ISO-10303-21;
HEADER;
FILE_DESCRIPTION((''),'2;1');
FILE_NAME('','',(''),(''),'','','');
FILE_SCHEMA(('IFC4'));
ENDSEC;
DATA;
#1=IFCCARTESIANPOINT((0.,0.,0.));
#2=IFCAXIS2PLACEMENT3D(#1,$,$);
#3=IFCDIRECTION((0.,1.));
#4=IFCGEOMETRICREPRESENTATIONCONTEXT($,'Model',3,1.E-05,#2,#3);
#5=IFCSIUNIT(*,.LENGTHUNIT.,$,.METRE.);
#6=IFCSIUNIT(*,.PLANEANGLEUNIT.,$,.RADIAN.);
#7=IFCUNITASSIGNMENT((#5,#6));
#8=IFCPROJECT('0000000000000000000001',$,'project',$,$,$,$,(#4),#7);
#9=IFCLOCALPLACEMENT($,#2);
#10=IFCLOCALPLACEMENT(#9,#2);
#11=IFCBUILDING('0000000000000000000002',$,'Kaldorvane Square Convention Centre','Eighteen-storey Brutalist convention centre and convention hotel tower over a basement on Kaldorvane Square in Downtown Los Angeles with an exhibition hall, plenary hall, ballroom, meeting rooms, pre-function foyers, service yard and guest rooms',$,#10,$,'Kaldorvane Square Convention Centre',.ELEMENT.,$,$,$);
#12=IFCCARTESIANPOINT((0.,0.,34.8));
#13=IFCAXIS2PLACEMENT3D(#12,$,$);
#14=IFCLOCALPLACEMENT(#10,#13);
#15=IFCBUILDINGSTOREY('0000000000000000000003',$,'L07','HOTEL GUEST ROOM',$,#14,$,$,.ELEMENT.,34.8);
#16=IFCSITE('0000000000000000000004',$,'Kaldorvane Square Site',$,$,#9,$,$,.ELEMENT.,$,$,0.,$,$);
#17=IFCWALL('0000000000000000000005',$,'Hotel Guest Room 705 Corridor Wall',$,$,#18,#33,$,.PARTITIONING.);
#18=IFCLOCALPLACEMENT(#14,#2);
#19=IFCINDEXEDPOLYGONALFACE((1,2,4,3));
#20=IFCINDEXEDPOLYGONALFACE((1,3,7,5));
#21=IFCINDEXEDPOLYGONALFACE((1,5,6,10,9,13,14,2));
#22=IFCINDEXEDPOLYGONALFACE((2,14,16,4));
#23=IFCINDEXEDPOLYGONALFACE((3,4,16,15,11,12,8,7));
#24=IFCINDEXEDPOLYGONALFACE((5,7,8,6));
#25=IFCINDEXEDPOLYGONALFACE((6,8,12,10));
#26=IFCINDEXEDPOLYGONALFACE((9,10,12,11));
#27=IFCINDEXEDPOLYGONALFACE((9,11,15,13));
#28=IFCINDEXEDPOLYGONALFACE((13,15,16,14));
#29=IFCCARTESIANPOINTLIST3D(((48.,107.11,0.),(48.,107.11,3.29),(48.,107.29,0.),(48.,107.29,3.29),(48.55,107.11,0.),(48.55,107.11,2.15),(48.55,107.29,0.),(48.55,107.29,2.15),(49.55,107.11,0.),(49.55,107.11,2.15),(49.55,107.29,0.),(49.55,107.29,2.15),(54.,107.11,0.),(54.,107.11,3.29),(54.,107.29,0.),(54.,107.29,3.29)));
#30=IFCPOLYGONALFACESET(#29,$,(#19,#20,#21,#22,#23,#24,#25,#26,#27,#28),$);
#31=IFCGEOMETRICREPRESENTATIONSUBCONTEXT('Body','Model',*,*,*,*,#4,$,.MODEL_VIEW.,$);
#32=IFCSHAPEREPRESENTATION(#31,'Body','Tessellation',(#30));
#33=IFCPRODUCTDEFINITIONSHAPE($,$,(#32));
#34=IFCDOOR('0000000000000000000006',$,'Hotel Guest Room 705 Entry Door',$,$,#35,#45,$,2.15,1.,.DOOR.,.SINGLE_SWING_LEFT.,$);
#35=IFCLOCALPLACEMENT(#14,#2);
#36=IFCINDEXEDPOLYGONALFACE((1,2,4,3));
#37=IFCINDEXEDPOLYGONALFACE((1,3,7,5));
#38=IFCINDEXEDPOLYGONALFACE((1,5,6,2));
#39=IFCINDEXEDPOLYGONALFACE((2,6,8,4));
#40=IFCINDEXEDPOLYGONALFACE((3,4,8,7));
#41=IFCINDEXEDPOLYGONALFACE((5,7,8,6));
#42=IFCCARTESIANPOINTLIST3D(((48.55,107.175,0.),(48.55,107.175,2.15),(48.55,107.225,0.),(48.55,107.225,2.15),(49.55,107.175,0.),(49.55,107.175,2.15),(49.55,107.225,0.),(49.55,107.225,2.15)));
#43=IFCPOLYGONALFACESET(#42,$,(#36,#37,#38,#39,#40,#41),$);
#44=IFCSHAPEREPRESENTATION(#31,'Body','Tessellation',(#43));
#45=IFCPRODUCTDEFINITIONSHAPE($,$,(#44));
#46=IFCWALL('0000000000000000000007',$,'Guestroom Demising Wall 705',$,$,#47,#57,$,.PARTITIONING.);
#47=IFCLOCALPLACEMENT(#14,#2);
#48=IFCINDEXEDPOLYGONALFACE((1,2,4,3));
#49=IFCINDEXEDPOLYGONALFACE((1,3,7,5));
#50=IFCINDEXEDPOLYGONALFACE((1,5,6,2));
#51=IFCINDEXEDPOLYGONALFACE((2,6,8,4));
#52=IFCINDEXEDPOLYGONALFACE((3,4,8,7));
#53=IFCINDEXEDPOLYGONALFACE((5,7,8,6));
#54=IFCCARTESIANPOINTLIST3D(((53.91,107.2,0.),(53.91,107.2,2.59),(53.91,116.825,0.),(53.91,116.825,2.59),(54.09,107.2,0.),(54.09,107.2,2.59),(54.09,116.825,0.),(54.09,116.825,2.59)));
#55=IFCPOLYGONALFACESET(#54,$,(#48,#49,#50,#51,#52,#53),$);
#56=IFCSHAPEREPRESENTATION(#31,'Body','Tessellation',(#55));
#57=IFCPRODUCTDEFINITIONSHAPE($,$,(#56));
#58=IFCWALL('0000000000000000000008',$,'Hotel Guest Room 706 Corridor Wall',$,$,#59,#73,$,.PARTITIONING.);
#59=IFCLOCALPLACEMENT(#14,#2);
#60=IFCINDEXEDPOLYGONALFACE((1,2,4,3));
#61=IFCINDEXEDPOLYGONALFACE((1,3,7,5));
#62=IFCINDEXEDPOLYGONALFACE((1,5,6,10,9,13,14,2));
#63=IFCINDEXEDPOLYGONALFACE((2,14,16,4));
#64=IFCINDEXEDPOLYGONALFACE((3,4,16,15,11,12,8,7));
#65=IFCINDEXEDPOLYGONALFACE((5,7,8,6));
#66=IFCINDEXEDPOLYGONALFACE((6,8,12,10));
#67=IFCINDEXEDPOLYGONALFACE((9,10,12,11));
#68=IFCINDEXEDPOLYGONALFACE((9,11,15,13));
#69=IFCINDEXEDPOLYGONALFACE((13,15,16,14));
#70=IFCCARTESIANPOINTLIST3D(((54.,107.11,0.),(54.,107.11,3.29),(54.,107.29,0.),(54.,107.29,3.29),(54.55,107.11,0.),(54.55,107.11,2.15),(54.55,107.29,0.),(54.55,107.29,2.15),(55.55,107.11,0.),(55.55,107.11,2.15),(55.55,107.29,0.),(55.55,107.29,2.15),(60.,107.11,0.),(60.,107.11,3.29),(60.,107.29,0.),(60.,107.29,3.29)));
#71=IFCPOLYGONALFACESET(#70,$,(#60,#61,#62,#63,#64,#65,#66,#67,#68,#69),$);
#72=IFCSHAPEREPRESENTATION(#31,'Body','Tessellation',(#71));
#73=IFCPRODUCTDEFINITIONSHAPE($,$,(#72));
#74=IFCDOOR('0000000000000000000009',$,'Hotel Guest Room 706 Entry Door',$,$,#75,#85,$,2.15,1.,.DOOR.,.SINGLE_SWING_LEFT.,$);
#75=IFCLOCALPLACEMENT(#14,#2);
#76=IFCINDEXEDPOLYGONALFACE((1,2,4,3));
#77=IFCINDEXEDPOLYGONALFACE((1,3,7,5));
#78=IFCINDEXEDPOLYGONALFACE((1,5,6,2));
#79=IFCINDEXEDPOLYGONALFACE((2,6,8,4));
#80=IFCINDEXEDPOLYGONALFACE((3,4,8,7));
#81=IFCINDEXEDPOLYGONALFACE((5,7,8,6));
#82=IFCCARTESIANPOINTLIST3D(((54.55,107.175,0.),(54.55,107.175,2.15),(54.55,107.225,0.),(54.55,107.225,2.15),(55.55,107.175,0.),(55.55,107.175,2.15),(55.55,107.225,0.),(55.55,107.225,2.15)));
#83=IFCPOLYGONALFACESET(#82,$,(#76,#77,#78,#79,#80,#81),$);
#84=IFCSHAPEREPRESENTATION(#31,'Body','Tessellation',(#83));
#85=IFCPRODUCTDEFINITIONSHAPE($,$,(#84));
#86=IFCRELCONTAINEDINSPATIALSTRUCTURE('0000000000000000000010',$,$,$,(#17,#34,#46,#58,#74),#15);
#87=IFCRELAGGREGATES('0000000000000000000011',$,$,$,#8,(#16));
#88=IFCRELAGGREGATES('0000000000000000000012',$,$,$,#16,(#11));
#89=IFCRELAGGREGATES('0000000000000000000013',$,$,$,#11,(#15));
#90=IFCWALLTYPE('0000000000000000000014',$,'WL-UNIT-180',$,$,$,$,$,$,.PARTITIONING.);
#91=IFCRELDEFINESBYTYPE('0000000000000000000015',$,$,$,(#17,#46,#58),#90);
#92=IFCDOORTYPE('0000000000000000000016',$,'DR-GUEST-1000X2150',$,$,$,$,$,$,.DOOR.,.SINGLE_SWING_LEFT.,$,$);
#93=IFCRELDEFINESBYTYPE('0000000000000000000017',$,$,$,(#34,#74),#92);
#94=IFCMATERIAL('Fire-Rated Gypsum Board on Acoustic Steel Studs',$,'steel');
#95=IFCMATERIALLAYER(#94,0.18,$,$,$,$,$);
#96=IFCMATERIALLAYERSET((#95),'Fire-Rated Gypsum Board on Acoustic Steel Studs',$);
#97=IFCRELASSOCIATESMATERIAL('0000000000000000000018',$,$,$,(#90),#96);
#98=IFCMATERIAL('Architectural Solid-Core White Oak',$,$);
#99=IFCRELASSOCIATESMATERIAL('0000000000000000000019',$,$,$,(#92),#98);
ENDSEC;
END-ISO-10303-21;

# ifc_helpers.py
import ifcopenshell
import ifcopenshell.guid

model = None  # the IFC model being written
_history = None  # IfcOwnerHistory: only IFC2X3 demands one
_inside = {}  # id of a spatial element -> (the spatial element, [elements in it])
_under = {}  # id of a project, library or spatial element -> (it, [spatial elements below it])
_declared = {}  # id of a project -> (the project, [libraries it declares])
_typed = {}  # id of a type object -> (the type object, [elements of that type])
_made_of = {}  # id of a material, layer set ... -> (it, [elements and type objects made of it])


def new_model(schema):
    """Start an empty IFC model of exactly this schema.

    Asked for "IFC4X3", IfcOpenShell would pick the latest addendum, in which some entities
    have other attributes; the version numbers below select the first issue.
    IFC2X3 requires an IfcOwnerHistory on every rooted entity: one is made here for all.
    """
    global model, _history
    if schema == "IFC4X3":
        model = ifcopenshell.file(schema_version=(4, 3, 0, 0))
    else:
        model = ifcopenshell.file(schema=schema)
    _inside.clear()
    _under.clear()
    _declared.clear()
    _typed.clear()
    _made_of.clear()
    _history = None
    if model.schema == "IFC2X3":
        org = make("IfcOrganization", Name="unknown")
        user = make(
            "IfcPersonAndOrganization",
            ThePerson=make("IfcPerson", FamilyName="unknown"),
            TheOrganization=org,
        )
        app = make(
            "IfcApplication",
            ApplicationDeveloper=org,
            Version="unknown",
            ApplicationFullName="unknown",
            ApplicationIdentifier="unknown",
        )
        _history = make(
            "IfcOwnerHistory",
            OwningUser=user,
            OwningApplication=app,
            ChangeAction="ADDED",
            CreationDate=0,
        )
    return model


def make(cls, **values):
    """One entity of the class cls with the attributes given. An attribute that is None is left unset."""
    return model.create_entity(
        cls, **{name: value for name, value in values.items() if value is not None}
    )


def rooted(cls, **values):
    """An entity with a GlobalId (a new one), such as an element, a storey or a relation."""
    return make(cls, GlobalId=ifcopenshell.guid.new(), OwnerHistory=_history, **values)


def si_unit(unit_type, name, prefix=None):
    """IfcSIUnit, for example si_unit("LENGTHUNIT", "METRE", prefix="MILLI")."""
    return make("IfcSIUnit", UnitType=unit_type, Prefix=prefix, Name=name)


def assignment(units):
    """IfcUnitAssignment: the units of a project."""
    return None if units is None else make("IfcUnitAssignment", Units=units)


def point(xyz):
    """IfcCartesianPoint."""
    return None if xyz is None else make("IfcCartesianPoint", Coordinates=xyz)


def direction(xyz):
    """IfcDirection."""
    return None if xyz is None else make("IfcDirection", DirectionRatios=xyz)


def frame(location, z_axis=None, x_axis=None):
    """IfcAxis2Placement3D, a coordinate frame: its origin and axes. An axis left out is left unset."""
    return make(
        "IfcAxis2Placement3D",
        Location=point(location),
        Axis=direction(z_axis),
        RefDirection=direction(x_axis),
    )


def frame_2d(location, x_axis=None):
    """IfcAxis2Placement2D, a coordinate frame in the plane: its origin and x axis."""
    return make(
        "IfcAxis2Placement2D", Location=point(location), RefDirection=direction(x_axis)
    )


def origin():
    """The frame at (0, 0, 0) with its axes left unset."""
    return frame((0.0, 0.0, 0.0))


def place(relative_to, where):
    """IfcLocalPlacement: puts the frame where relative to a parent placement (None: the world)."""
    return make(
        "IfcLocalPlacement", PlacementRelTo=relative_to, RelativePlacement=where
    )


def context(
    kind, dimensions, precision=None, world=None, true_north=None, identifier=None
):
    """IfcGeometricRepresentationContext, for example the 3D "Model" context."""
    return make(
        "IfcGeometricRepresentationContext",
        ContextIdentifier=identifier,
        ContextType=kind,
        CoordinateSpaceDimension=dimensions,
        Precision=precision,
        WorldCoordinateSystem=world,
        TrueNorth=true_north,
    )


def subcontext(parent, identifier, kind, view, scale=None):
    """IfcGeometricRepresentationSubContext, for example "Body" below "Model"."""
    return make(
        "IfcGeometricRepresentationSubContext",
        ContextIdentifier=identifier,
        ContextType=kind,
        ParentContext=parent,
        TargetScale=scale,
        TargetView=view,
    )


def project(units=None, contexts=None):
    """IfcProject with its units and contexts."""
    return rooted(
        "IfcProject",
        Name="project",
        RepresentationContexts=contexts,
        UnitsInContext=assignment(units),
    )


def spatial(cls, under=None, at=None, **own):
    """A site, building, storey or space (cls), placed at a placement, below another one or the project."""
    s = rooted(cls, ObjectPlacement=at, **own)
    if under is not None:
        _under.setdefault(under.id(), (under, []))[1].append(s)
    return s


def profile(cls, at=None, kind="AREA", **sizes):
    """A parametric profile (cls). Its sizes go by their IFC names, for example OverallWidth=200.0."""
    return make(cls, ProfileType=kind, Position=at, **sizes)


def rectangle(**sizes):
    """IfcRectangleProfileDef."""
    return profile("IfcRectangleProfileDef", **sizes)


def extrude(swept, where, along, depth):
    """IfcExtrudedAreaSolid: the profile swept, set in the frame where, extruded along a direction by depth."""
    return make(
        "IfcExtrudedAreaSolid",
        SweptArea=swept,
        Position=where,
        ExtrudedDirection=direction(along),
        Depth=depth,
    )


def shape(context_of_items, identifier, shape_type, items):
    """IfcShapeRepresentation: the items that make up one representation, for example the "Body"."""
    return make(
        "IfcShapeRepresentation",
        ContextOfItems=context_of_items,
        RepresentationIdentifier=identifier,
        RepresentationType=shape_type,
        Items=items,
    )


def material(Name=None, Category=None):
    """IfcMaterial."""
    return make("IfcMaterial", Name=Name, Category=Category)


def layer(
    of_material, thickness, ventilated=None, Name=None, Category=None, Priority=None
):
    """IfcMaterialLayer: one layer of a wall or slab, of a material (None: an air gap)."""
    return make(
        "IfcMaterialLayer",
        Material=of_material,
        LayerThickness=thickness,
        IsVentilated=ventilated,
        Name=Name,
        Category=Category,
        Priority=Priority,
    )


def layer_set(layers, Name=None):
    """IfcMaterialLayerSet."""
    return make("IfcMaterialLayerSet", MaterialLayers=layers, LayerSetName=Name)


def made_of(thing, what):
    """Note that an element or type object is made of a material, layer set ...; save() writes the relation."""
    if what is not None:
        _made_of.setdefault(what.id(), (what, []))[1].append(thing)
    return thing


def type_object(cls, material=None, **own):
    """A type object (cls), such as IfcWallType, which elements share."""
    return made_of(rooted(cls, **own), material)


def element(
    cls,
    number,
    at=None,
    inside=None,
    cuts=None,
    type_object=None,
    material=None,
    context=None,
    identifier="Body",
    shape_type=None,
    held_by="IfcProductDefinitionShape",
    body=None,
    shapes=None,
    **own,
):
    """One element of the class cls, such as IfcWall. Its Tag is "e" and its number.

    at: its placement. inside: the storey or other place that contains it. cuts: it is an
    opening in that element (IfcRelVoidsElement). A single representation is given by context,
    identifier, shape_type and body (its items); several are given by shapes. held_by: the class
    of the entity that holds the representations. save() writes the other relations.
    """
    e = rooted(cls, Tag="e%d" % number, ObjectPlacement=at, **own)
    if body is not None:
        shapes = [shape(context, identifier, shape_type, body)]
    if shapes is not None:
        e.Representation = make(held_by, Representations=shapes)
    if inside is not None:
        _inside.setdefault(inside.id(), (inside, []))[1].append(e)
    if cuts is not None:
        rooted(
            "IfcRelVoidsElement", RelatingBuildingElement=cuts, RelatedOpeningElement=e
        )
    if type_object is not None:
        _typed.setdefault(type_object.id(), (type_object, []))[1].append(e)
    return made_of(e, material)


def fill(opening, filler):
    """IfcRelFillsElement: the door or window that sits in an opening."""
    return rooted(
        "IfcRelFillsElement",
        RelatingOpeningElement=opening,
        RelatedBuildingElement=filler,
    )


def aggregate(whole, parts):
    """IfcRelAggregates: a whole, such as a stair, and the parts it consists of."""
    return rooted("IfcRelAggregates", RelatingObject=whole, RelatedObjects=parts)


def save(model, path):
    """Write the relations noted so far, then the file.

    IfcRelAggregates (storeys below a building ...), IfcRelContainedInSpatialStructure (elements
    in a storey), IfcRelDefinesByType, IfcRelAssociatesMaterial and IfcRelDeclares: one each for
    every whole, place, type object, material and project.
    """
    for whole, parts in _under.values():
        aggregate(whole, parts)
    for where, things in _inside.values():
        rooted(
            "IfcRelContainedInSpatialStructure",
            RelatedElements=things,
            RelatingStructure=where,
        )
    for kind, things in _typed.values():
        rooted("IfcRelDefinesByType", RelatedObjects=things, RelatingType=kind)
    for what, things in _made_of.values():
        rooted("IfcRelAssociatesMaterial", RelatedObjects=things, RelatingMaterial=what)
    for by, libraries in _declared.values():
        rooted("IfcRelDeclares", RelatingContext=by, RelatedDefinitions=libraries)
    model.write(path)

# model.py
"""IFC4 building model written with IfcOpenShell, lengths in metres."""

from ifc_helpers import new_model, si_unit, direction, frame, frame_2d, origin, place, context, subcontext, project, spatial, rectangle, extrude, material, layer, layer_set, type_object, element, fill, save


model = new_model("IFC4")

# Units and contexts
model_context = context("Model", 3, precision=1e-05, world=origin(), true_north=direction((0.0, 1.0)))
body_context = subcontext(model_context, "Body", "Model", "MODEL_VIEW")
ifc_project = project(units=[si_unit("LENGTHUNIT", "METRE"), si_unit("PLANEANGLEUNIT", "RADIAN")], contexts=[model_context])

# Site, building, storey
site_placement = place(None, origin())
site = spatial("IfcSite", under=ifc_project, at=site_placement, Name="Kaldorvane Square Site", CompositionType="ELEMENT", RefElevation=0.0)
building_placement = place(site_placement, origin())
building = spatial("IfcBuilding", under=site, at=building_placement, Name="Kaldorvane Square Convention Centre", Description="Eighteen-storey Brutalist convention centre and convention hotel tower over a basement on Kaldorvane Square in Downtown Los Angeles with an exhibition hall, plenary hall, ballroom, meeting rooms, pre-function foyers, service yard and guest rooms", LongName="Kaldorvane Square Convention Centre", CompositionType="ELEMENT")
storey_placement = place(building_placement, frame((0.0, 0.0, 34.8)))
storey = spatial("IfcBuildingStorey", under=building, at=storey_placement, Name="L07", Description="HOTEL GUEST ROOM", CompositionType="ELEMENT", Elevation=34.8)

# Shared definitions
ifc_material_1 = material(Name="Fire-Rated Gypsum Board on Acoustic Steel Studs", Category="steel")
ifc_material_2 = material(Name="Architectural Solid-Core White Oak")

# Wall, opening, door
ifc_layer_1 = layer(ifc_material_1, 0.18)
ifc_layer_set_1 = layer_set([ifc_layer_1], Name="Fire-Rated Gypsum Board on Acoustic Steel Studs")
wall_type_1 = type_object("IfcWallType", Name="WL-UNIT-180", PredefinedType="PARTITIONING", material=ifc_layer_set_1)
wall_1_placement = place(storey_placement, frame((48.0, 107.2, 0.0), z_axis=(0.0, 0.0, 1.0), x_axis=(1.0, 0.0, 0.0)))
wall_1 = element("IfcWall", 1, at=wall_1_placement, inside=storey, type_object=wall_type_1, Name="Hotel Guest Room 705 Corridor Wall", PredefinedType="PARTITIONING", context=body_context, shape_type="SweptSolid", body=[
    extrude(rectangle(XDim=6.0, YDim=0.18, at=frame_2d((3.0, 0.0))), origin(), (0.0, 0.0, 1.0), 3.29),
])
opening_1_placement = place(wall_1_placement, frame((0.55, 0.0, 0.0)))
opening_1 = element("IfcOpeningElement", 2, at=opening_1_placement, cuts=wall_1, PredefinedType="OPENING", context=body_context, shape_type="SweptSolid", body=[
    extrude(rectangle(XDim=1.0, YDim=2.15, at=frame_2d((0.5, 1.075))), frame((0.0, 0.105, 0.0), z_axis=(0.0, -1.0, 0.0), x_axis=(1.0, 0.0, 0.0)), (0.0, 0.0, 1.0), 0.21),
])
door_type_1 = type_object("IfcDoorType", Name="DR-GUEST-1000X2150", OperationType="SINGLE_SWING_LEFT", PredefinedType="DOOR", material=ifc_material_2)
door_1_placement = place(opening_1_placement, origin())
door_1 = element("IfcDoor", 3, at=door_1_placement, inside=storey, type_object=door_type_1, Name="Hotel Guest Room 705 Entry Door", OperationType="SINGLE_SWING_LEFT", OverallHeight=2.15, OverallWidth=1.0, PredefinedType="DOOR", context=body_context, shape_type="SweptSolid", body=[
    extrude(rectangle(XDim=1.0, YDim=2.15, at=frame_2d((0.5, 1.075))), frame((0.0, 0.025, 0.0), z_axis=(0.0, -1.0, 0.0), x_axis=(1.0, 0.0, 0.0)), (0.0, 0.0, 1.0), 0.05),
])
fill(opening_1, door_1)

# Wall
wall_2_placement = place(storey_placement, frame((54.0, 107.2, 0.0), z_axis=(0.0, 0.0, 1.0), x_axis=(0.0, 1.0, 0.0)))
element("IfcWall", 4, at=wall_2_placement, inside=storey, type_object=wall_type_1, Name="Guestroom Demising Wall 705", PredefinedType="PARTITIONING", context=body_context, shape_type="SweptSolid", body=[
    extrude(rectangle(XDim=9.625, YDim=0.18, at=frame_2d((4.8125, 0.0))), origin(), (0.0, 0.0, 1.0), 2.59),
])

# Wall, opening, door
wall_3_placement = place(storey_placement, frame((54.0, 107.2, 0.0), z_axis=(0.0, 0.0, 1.0), x_axis=(1.0, 0.0, 0.0)))
wall_3 = element("IfcWall", 5, at=wall_3_placement, inside=storey, type_object=wall_type_1, Name="Hotel Guest Room 706 Corridor Wall", PredefinedType="PARTITIONING", context=body_context, shape_type="SweptSolid", body=[
    extrude(rectangle(XDim=6.0, YDim=0.18, at=frame_2d((3.0, 0.0))), origin(), (0.0, 0.0, 1.0), 3.29),
])
opening_2_placement = place(wall_3_placement, frame((0.55, 0.0, 0.0)))
opening_2 = element("IfcOpeningElement", 6, at=opening_2_placement, cuts=wall_3, PredefinedType="OPENING", context=body_context, shape_type="SweptSolid", body=[
    extrude(rectangle(XDim=1.0, YDim=2.15, at=frame_2d((0.5, 1.075))), frame((0.0, 0.105, 0.0), z_axis=(0.0, -1.0, 0.0), x_axis=(1.0, 0.0, 0.0)), (0.0, 0.0, 1.0), 0.21),
])
door_2_placement = place(opening_2_placement, origin())
door_2 = element("IfcDoor", 7, at=door_2_placement, inside=storey, type_object=door_type_1, Name="Hotel Guest Room 706 Entry Door", OperationType="SINGLE_SWING_LEFT", OverallHeight=2.15, OverallWidth=1.0, PredefinedType="DOOR", context=body_context, shape_type="SweptSolid", body=[
    extrude(rectangle(XDim=1.0, YDim=2.15, at=frame_2d((0.5, 1.075))), frame((0.0, 0.025, 0.0), z_axis=(0.0, -1.0, 0.0), x_axis=(1.0, 0.0, 0.0)), (0.0, 0.0, 1.0), 0.05),
])
fill(opening_2, door_2)

save(model, "model.ifc")
